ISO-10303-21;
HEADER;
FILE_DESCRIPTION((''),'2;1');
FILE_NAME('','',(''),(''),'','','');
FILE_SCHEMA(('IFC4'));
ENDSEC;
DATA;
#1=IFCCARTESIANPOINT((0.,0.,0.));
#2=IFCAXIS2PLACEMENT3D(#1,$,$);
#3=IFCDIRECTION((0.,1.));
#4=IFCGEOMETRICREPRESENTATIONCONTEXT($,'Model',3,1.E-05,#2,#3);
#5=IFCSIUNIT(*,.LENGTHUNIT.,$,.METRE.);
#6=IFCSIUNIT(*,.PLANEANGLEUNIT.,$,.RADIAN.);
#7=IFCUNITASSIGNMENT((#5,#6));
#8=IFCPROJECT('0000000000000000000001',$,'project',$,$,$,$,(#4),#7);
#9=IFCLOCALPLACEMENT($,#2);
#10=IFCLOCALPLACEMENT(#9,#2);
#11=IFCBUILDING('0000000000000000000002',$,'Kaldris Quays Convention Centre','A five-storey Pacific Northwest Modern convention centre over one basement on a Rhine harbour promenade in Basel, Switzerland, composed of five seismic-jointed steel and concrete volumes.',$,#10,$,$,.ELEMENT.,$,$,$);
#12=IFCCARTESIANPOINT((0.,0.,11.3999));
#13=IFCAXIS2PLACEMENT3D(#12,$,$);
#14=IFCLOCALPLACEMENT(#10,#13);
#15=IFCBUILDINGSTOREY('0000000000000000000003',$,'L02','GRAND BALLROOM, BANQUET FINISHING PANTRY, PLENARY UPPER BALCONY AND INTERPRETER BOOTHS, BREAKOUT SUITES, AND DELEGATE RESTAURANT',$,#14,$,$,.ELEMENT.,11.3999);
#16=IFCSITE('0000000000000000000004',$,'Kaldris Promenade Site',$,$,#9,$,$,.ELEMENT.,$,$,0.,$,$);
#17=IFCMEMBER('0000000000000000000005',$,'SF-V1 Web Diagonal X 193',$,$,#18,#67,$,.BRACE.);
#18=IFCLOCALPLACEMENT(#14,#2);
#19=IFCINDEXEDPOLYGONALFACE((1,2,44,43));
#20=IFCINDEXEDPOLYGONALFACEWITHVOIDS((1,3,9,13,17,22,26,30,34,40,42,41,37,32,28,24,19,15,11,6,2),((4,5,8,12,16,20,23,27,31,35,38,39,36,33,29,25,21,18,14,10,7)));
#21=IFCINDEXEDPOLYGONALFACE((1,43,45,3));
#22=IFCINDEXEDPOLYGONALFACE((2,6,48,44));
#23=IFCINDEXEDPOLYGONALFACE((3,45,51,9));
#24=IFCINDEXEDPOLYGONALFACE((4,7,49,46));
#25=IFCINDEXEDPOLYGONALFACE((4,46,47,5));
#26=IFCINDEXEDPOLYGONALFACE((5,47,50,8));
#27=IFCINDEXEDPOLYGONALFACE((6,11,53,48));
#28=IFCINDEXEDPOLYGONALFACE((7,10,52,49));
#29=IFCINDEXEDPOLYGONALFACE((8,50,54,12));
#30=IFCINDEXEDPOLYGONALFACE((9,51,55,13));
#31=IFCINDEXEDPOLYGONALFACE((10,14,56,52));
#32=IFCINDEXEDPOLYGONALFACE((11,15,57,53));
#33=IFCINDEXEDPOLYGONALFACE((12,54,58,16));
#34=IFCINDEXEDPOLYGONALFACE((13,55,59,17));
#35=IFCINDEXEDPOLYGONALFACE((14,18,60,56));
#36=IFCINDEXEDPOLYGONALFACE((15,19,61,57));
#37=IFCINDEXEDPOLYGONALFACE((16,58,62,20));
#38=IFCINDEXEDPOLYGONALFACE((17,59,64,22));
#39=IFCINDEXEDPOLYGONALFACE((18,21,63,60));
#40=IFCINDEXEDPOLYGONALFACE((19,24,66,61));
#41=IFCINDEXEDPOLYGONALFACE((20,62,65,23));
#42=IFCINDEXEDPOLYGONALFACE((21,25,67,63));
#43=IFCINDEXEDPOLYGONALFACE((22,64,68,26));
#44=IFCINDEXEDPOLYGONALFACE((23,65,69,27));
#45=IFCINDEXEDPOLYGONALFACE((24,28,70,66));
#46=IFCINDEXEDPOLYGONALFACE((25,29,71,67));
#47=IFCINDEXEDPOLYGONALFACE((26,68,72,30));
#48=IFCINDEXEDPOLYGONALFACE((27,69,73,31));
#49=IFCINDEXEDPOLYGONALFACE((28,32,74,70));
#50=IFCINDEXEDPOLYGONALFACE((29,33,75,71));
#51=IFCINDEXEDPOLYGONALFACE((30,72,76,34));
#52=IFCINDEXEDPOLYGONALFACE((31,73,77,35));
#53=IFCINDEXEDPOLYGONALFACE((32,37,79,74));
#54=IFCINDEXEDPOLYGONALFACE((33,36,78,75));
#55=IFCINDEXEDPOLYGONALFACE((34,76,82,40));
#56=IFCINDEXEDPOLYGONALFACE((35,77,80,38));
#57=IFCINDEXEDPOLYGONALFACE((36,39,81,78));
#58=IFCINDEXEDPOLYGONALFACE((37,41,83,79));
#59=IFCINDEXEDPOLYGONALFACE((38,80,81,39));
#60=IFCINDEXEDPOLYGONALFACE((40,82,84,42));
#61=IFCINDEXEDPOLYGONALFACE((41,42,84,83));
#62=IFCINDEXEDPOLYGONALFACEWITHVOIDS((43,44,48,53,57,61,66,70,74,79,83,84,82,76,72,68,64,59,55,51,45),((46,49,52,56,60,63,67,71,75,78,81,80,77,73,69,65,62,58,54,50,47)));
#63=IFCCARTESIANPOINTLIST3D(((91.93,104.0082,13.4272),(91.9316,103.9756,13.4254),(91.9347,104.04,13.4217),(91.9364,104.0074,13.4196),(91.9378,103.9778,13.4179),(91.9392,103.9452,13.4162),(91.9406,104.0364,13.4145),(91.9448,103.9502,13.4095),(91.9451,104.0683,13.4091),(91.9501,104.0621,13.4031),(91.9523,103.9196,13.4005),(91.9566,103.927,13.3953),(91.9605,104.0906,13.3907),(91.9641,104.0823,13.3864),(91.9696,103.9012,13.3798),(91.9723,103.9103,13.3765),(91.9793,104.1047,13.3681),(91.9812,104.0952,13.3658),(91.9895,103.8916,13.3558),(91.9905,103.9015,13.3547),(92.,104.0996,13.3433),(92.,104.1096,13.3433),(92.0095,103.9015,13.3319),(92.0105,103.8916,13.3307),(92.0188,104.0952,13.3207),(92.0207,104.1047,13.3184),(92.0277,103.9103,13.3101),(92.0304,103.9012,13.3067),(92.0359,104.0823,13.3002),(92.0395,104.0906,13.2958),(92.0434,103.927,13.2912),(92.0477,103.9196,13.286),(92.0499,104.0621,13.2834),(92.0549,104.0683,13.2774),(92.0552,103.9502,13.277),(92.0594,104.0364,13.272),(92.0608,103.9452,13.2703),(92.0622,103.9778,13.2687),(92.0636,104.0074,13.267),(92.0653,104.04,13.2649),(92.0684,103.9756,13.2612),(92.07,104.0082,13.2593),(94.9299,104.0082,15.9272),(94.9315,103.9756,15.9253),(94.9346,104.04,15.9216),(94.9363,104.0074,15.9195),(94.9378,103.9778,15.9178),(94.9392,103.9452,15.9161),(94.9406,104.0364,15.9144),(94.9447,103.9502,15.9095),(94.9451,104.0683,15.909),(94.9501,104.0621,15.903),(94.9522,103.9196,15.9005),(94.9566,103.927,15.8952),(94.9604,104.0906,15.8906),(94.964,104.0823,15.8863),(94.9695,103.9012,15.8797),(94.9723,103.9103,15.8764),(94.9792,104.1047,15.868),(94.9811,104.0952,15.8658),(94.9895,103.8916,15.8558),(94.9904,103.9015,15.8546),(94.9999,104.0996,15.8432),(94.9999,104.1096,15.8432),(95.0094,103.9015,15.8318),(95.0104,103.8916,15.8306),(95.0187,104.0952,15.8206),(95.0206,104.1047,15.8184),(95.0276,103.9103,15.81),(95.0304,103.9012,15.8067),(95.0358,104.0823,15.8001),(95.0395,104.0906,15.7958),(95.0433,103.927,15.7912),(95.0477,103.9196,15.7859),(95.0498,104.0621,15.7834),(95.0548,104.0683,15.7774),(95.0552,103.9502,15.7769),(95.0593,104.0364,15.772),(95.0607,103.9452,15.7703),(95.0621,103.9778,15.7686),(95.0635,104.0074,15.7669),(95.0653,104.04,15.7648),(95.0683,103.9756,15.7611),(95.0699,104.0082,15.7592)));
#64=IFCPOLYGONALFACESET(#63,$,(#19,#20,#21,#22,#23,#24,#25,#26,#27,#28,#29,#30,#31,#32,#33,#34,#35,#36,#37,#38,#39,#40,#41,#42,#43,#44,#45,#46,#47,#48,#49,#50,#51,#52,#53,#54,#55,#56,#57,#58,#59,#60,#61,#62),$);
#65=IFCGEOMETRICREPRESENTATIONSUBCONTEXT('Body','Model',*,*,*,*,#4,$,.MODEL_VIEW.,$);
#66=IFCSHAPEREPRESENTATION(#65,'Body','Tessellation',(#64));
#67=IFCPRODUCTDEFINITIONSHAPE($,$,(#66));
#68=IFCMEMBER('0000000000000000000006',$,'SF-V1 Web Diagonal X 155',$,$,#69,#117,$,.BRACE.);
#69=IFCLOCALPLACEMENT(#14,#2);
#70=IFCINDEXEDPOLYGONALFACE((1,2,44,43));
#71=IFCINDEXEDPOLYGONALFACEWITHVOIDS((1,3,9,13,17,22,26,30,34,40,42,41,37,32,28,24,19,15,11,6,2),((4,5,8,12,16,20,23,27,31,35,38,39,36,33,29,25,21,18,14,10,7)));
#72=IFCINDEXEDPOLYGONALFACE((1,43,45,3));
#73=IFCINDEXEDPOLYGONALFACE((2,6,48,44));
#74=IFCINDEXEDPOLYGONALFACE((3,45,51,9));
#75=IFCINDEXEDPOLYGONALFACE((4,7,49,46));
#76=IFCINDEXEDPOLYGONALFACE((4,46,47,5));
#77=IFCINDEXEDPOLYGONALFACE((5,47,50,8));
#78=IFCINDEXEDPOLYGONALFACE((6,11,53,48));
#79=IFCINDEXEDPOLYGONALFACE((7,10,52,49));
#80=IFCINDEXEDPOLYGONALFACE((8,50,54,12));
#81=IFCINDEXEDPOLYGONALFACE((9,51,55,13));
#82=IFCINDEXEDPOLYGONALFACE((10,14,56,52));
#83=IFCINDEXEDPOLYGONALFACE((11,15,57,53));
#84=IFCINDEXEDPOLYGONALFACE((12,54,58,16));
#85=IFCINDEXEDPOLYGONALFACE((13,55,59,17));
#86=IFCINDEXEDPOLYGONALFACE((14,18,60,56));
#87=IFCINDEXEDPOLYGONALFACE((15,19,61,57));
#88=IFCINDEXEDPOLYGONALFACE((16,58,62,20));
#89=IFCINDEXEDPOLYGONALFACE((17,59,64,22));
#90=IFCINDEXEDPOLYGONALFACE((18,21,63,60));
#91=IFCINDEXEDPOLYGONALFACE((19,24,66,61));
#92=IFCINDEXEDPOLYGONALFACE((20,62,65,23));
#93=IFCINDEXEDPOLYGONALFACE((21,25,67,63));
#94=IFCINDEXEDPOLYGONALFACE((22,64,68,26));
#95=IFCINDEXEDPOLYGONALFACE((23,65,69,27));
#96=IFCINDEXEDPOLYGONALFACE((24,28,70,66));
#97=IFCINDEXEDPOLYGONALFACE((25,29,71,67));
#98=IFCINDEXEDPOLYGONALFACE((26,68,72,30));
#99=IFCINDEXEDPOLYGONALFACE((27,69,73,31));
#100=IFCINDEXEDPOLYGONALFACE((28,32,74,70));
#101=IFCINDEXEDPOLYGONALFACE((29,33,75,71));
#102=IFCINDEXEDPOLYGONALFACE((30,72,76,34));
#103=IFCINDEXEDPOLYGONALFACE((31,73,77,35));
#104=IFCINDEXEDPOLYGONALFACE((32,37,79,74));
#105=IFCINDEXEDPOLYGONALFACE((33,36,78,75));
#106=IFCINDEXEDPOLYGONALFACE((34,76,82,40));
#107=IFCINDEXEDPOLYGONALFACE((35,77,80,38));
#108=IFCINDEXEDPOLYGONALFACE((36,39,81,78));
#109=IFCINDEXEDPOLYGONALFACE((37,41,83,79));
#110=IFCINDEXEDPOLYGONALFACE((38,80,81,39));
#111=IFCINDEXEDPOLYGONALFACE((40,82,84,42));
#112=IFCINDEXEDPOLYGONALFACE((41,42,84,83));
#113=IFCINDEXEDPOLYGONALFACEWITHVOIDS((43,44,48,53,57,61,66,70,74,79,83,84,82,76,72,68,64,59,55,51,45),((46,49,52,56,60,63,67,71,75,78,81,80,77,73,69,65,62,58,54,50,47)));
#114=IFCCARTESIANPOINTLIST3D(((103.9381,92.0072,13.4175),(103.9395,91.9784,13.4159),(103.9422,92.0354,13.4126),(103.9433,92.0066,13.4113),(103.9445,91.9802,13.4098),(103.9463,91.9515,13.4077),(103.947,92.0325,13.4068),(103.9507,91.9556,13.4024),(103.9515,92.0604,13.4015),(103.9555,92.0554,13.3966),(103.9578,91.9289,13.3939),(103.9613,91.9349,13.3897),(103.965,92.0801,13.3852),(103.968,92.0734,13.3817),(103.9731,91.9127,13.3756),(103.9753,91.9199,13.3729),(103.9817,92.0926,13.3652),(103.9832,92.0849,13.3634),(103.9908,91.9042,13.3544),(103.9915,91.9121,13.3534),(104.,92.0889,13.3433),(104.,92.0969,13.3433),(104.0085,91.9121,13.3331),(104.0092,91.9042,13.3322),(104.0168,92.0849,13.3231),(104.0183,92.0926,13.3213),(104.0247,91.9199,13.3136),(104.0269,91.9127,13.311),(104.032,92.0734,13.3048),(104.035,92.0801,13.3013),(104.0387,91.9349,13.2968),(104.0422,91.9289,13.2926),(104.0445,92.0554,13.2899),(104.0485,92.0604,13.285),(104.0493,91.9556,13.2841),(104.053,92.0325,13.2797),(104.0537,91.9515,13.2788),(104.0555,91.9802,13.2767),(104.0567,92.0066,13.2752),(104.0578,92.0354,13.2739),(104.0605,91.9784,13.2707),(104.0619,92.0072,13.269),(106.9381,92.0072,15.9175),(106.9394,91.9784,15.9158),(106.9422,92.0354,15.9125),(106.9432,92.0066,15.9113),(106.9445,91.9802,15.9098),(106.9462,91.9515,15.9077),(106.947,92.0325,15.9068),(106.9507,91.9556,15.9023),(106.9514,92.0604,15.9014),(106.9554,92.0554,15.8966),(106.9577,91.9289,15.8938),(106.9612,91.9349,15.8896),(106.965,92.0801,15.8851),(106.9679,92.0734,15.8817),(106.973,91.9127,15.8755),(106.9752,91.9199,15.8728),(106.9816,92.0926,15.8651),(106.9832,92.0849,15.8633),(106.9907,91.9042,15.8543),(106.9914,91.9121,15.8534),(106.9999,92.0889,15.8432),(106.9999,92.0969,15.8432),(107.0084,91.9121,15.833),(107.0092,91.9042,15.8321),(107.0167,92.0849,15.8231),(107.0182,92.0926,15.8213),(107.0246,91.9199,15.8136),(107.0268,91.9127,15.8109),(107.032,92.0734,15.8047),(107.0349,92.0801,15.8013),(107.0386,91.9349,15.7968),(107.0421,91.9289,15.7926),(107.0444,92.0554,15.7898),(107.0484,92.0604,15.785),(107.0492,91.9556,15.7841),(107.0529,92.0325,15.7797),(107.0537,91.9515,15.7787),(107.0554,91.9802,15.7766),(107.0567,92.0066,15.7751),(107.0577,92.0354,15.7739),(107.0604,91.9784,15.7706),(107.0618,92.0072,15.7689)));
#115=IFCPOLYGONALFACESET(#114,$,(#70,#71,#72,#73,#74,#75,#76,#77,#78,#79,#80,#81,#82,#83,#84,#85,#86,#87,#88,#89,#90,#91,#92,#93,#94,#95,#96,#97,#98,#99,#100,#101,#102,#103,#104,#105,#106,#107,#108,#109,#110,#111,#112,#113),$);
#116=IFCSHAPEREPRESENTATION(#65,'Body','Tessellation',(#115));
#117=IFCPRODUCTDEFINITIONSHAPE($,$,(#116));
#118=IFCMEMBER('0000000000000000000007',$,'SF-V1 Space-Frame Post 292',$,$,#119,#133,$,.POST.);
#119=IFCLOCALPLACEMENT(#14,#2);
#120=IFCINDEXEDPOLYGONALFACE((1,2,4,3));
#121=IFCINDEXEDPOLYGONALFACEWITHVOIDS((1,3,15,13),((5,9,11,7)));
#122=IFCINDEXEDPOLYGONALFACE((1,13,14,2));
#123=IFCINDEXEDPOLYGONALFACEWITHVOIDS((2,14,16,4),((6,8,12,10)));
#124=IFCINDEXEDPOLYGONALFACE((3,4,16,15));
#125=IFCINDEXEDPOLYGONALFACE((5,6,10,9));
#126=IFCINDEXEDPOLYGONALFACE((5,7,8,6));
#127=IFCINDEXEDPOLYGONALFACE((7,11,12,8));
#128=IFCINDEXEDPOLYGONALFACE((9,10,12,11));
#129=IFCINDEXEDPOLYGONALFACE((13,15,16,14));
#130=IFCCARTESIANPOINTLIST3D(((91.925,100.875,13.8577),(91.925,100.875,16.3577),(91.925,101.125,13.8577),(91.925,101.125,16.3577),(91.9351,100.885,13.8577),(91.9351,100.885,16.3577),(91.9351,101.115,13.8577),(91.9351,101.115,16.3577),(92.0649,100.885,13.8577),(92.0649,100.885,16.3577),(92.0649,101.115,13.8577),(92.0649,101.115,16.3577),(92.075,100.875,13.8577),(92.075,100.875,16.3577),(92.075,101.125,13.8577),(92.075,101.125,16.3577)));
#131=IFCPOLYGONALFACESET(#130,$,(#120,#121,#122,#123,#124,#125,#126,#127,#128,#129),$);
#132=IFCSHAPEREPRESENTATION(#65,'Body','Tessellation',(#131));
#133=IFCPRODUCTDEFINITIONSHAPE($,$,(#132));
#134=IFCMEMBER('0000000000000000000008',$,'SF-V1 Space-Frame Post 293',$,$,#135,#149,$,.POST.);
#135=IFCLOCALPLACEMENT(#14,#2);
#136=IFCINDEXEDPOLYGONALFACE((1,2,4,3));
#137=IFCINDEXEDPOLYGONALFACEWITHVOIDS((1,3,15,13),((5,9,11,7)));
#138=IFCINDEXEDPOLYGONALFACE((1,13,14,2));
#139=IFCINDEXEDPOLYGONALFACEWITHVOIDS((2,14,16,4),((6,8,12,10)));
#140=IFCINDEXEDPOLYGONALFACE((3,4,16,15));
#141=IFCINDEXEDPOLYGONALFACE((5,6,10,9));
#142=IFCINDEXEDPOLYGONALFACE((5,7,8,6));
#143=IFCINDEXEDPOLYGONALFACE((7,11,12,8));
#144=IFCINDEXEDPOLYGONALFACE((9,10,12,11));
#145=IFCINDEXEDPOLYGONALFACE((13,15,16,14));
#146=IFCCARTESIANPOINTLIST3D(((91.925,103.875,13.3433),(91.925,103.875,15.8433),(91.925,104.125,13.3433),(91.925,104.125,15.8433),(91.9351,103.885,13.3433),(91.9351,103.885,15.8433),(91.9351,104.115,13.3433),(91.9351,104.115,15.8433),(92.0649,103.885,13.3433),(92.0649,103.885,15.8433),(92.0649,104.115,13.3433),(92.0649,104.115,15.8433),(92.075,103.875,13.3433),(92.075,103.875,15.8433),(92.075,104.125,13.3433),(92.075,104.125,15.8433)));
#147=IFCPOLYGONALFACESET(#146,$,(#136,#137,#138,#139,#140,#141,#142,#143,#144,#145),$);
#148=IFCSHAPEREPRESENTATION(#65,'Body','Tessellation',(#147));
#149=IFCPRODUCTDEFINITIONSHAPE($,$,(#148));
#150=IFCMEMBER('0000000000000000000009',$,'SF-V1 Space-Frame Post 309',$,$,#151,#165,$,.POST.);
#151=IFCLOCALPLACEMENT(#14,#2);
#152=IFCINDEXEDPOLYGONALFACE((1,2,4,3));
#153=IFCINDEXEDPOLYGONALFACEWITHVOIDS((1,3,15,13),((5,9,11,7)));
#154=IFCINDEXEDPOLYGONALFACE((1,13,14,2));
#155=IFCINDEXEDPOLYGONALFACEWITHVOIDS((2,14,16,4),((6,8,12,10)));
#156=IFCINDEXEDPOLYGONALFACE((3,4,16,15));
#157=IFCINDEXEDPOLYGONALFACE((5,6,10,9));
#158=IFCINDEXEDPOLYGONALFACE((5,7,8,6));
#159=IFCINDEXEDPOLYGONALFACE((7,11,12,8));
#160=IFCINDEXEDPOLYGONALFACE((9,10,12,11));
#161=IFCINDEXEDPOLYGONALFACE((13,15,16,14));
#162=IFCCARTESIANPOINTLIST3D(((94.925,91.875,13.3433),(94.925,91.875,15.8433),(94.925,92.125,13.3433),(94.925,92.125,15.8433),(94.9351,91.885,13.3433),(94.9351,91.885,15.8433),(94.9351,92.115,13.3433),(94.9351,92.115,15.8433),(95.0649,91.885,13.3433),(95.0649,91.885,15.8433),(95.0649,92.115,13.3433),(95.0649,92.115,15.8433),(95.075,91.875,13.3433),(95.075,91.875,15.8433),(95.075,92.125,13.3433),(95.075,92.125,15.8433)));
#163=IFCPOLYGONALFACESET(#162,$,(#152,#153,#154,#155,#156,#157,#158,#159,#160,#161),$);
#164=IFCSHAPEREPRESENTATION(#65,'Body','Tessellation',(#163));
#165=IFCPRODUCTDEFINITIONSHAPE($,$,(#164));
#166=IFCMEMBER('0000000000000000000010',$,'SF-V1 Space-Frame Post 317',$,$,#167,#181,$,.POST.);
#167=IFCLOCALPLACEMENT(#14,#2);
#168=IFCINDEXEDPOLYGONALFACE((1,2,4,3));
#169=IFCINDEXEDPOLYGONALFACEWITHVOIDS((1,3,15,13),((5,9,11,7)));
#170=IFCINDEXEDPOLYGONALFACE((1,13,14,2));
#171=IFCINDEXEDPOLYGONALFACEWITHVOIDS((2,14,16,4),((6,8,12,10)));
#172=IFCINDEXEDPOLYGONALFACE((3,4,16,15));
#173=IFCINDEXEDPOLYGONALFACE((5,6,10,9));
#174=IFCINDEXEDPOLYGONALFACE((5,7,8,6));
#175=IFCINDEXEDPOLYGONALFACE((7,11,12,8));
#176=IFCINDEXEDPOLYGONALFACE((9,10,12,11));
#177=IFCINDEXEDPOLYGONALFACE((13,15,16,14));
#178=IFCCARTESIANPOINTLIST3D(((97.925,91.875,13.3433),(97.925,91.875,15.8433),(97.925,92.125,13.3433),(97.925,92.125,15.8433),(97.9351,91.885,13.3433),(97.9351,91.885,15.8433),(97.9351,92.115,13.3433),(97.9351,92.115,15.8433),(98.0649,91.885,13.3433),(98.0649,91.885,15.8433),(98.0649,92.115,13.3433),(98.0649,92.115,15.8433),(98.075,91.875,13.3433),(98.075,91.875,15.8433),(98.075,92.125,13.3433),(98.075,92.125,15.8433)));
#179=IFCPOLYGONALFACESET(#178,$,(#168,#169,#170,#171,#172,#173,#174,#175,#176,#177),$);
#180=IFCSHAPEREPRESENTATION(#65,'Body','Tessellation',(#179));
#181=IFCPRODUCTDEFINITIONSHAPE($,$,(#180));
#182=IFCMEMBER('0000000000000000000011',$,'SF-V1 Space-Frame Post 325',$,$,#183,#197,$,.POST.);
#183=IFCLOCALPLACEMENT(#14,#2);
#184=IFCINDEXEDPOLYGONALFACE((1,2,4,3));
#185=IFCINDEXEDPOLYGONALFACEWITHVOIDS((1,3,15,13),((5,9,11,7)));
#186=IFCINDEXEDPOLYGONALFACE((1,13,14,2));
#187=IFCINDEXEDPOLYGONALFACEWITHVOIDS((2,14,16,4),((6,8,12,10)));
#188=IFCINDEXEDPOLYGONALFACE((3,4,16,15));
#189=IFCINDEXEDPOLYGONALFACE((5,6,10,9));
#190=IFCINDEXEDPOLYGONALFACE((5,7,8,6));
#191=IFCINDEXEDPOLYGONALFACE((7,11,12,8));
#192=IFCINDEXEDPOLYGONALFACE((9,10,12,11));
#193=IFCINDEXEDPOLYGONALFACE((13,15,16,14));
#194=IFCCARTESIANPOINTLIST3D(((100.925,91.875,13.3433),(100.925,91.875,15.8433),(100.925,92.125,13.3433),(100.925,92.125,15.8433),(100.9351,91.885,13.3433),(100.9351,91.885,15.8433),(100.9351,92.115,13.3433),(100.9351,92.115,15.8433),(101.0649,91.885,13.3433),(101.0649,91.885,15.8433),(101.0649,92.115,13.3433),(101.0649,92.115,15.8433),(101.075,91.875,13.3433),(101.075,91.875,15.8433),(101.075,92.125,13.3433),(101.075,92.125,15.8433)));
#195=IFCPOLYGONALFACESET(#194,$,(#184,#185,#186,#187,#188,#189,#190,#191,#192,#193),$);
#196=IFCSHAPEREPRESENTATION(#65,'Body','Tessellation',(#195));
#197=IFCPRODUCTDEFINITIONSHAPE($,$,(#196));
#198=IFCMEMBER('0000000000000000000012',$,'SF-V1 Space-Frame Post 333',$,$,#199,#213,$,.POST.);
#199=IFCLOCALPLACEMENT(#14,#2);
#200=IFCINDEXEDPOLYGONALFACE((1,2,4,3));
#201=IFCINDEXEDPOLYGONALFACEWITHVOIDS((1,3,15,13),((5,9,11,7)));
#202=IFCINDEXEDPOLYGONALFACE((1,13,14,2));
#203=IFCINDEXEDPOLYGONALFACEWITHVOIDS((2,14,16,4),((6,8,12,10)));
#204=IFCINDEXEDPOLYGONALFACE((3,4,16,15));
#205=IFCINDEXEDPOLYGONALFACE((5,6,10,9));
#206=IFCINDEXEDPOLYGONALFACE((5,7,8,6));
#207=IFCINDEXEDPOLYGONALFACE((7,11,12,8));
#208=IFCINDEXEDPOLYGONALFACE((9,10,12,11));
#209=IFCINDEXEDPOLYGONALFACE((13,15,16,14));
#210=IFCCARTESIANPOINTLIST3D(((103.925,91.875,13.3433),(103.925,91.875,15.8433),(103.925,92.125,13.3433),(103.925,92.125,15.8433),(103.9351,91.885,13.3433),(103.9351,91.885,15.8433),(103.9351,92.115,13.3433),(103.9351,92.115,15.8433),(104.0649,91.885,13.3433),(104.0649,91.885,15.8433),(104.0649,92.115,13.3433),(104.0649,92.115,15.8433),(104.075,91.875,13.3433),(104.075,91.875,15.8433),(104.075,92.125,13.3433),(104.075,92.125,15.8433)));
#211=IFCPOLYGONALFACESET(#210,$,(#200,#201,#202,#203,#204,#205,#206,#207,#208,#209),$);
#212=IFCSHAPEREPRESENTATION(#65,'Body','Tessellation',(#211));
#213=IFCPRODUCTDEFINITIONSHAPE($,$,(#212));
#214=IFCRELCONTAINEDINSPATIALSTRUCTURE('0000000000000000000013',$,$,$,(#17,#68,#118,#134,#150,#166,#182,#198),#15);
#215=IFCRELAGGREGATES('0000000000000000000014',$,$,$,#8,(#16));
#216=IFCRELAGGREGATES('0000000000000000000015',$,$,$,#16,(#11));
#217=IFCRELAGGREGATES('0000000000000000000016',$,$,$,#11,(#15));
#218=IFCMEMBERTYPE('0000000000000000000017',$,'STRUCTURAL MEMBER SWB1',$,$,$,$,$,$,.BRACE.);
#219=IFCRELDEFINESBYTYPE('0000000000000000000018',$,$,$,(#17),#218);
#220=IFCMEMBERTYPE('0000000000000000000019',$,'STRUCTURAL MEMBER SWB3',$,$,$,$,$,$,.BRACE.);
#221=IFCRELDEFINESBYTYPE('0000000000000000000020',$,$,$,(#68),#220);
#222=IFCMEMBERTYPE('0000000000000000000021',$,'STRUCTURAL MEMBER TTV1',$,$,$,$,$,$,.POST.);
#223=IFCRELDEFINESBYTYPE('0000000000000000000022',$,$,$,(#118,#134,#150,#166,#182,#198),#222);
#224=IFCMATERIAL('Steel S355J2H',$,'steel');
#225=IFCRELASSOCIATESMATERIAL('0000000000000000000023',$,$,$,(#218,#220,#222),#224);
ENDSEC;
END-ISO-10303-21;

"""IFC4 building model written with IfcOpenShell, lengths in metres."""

from ifc_helpers import new_model, si_unit, direction, frame, origin, origin_2d, place, context, subcontext, project, spatial, hollow_rectangle, hollow_circle, extrude, material, material_profile, profile_set, type_object, element, save


model = new_model("IFC4")

# Units and contexts
model_context = context("Model", 3, precision=1e-05, world=origin(), true_north=direction((0.0, 1.0)))
body_context = subcontext(model_context, "Body", "Model", "MODEL_VIEW")
ifc_project = project(units=[si_unit("LENGTHUNIT", "METRE"), si_unit("PLANEANGLEUNIT", "RADIAN")], contexts=[model_context])

# Site, building, storey
site_placement = place(None, origin())
site = spatial("IfcSite", under=ifc_project, at=site_placement, Name="Kaldris Promenade Site", CompositionType="ELEMENT", RefElevation=0.0)
building_placement = place(site_placement, origin())
building = spatial("IfcBuilding", under=site, at=building_placement, Name="Kaldris Quays Convention Centre", Description="A five-storey Pacific Northwest Modern convention centre over one basement on a Rhine harbour promenade in Basel, Switzerland, composed of five seismic-jointed steel and concrete volumes.", CompositionType="ELEMENT")
storey_placement = place(building_placement, frame((0.0, 0.0, 11.3999)))
storey = spatial("IfcBuildingStorey", under=building, at=storey_placement, Name="L02", Description="GRAND BALLROOM, BANQUET FINISHING PANTRY, PLENARY UPPER BALCONY AND INTERPRETER BOOTHS, BREAKOUT SUITES, AND DELEGATE RESTAURANT", CompositionType="ELEMENT", Elevation=11.3999)

# Members
ifc_material_1 = material(Name="Steel S355J2H", Category="steel")
ifc_material_profile_1 = material_profile(ifc_material_1, hollow_circle(Radius=0.1096, WallThickness=0.01, at=origin_2d()), Name="CHS 219.1x10")
ifc_profile_set_1 = profile_set([ifc_material_profile_1], Name="Steel S355J2H")
member_type_1 = type_object("IfcMemberType", Name="STRUCTURAL MEMBER SWB1", PredefinedType="BRACE", material=ifc_profile_set_1)
for number, where, z_axis, x_axis, name in (
    (1, (92.0, 104.0, 13.3433), (0.768221, 0.0, 0.640184), (0.0, 1.0, 0.0), "SF-V1 Web Diagonal X 193"),
):
    element("IfcMember", number, at=place(storey_placement, frame(where, z_axis=z_axis, x_axis=x_axis)), inside=storey, type_object=member_type_1, Name=name, PredefinedType="BRACE", context=body_context, shape_type="SweptSolid", body=[
        extrude(hollow_circle(Radius=0.1096, WallThickness=0.01, at=origin_2d()), origin(), (0.0, 0.0, 1.0), 3.905),
    ])
ifc_material_profile_2 = material_profile(ifc_material_1, hollow_circle(Radius=0.0969, WallThickness=0.0081, at=origin_2d()), Name="CHS 193.7x8")
ifc_profile_set_2 = profile_set([ifc_material_profile_2], Name="Steel S355J2H")
member_type_2 = type_object("IfcMemberType", Name="STRUCTURAL MEMBER SWB3", PredefinedType="BRACE", material=ifc_profile_set_2)
member_1_placement = place(storey_placement, frame((104.0, 92.0, 13.3433), z_axis=(0.768221, 0.0, 0.640184), x_axis=(0.0, 1.0, 0.0)))
element("IfcMember", 2, at=member_1_placement, inside=storey, type_object=member_type_2, Name="SF-V1 Web Diagonal X 155", PredefinedType="BRACE", context=body_context, shape_type="SweptSolid", body=[
    extrude(hollow_circle(Radius=0.0969, WallThickness=0.0081, at=origin_2d()), origin(), (0.0, 0.0, 1.0), 3.905),
])
ifc_material_profile_3 = material_profile(ifc_material_1, hollow_rectangle(XDim=0.1499, YDim=0.25, WallThickness=0.01, at=origin_2d()), Name="RHS 250x150x10")
ifc_profile_set_3 = profile_set([ifc_material_profile_3], Name="Steel S355J2H")
member_type_3 = type_object("IfcMemberType", Name="STRUCTURAL MEMBER TTV1", PredefinedType="POST", material=ifc_profile_set_3)
for number, where, z_axis, x_axis, name in (
    (3, (92.0, 101.0, 13.8577), (0.0, 0.0, 1.0), (1.0, 0.0, 0.0), "SF-V1 Space-Frame Post 292"),
    (4, (92.0, 104.0, 13.3433), (0.0, 0.0, 1.0), (1.0, 0.0, 0.0), "SF-V1 Space-Frame Post 293"),
    (5, (95.0, 92.0, 13.3433), (0.0, 0.0, 1.0), (1.0, 0.0, 0.0), "SF-V1 Space-Frame Post 309"),
    (6, (98.0, 92.0, 13.3433), (0.0, 0.0, 1.0), (1.0, 0.0, 0.0), "SF-V1 Space-Frame Post 317"),
    (7, (101.0, 92.0, 13.3433), (0.0, 0.0, 1.0), (1.0, 0.0, 0.0), "SF-V1 Space-Frame Post 325"),
    (8, (104.0, 92.0, 13.3433), (0.0, 0.0, 1.0), (1.0, 0.0, 0.0), "SF-V1 Space-Frame Post 333"),
):
    element("IfcMember", number, at=place(storey_placement, frame(where, z_axis=z_axis, x_axis=x_axis)), inside=storey, type_object=member_type_3, Name=name, PredefinedType="POST", context=body_context, shape_type="SweptSolid", body=[
        extrude(hollow_rectangle(XDim=0.1499, YDim=0.25, WallThickness=0.01, at=origin_2d()), origin(), (0.0, 0.0, 1.0), 2.5),
    ])

save(model, "model.ifc")
